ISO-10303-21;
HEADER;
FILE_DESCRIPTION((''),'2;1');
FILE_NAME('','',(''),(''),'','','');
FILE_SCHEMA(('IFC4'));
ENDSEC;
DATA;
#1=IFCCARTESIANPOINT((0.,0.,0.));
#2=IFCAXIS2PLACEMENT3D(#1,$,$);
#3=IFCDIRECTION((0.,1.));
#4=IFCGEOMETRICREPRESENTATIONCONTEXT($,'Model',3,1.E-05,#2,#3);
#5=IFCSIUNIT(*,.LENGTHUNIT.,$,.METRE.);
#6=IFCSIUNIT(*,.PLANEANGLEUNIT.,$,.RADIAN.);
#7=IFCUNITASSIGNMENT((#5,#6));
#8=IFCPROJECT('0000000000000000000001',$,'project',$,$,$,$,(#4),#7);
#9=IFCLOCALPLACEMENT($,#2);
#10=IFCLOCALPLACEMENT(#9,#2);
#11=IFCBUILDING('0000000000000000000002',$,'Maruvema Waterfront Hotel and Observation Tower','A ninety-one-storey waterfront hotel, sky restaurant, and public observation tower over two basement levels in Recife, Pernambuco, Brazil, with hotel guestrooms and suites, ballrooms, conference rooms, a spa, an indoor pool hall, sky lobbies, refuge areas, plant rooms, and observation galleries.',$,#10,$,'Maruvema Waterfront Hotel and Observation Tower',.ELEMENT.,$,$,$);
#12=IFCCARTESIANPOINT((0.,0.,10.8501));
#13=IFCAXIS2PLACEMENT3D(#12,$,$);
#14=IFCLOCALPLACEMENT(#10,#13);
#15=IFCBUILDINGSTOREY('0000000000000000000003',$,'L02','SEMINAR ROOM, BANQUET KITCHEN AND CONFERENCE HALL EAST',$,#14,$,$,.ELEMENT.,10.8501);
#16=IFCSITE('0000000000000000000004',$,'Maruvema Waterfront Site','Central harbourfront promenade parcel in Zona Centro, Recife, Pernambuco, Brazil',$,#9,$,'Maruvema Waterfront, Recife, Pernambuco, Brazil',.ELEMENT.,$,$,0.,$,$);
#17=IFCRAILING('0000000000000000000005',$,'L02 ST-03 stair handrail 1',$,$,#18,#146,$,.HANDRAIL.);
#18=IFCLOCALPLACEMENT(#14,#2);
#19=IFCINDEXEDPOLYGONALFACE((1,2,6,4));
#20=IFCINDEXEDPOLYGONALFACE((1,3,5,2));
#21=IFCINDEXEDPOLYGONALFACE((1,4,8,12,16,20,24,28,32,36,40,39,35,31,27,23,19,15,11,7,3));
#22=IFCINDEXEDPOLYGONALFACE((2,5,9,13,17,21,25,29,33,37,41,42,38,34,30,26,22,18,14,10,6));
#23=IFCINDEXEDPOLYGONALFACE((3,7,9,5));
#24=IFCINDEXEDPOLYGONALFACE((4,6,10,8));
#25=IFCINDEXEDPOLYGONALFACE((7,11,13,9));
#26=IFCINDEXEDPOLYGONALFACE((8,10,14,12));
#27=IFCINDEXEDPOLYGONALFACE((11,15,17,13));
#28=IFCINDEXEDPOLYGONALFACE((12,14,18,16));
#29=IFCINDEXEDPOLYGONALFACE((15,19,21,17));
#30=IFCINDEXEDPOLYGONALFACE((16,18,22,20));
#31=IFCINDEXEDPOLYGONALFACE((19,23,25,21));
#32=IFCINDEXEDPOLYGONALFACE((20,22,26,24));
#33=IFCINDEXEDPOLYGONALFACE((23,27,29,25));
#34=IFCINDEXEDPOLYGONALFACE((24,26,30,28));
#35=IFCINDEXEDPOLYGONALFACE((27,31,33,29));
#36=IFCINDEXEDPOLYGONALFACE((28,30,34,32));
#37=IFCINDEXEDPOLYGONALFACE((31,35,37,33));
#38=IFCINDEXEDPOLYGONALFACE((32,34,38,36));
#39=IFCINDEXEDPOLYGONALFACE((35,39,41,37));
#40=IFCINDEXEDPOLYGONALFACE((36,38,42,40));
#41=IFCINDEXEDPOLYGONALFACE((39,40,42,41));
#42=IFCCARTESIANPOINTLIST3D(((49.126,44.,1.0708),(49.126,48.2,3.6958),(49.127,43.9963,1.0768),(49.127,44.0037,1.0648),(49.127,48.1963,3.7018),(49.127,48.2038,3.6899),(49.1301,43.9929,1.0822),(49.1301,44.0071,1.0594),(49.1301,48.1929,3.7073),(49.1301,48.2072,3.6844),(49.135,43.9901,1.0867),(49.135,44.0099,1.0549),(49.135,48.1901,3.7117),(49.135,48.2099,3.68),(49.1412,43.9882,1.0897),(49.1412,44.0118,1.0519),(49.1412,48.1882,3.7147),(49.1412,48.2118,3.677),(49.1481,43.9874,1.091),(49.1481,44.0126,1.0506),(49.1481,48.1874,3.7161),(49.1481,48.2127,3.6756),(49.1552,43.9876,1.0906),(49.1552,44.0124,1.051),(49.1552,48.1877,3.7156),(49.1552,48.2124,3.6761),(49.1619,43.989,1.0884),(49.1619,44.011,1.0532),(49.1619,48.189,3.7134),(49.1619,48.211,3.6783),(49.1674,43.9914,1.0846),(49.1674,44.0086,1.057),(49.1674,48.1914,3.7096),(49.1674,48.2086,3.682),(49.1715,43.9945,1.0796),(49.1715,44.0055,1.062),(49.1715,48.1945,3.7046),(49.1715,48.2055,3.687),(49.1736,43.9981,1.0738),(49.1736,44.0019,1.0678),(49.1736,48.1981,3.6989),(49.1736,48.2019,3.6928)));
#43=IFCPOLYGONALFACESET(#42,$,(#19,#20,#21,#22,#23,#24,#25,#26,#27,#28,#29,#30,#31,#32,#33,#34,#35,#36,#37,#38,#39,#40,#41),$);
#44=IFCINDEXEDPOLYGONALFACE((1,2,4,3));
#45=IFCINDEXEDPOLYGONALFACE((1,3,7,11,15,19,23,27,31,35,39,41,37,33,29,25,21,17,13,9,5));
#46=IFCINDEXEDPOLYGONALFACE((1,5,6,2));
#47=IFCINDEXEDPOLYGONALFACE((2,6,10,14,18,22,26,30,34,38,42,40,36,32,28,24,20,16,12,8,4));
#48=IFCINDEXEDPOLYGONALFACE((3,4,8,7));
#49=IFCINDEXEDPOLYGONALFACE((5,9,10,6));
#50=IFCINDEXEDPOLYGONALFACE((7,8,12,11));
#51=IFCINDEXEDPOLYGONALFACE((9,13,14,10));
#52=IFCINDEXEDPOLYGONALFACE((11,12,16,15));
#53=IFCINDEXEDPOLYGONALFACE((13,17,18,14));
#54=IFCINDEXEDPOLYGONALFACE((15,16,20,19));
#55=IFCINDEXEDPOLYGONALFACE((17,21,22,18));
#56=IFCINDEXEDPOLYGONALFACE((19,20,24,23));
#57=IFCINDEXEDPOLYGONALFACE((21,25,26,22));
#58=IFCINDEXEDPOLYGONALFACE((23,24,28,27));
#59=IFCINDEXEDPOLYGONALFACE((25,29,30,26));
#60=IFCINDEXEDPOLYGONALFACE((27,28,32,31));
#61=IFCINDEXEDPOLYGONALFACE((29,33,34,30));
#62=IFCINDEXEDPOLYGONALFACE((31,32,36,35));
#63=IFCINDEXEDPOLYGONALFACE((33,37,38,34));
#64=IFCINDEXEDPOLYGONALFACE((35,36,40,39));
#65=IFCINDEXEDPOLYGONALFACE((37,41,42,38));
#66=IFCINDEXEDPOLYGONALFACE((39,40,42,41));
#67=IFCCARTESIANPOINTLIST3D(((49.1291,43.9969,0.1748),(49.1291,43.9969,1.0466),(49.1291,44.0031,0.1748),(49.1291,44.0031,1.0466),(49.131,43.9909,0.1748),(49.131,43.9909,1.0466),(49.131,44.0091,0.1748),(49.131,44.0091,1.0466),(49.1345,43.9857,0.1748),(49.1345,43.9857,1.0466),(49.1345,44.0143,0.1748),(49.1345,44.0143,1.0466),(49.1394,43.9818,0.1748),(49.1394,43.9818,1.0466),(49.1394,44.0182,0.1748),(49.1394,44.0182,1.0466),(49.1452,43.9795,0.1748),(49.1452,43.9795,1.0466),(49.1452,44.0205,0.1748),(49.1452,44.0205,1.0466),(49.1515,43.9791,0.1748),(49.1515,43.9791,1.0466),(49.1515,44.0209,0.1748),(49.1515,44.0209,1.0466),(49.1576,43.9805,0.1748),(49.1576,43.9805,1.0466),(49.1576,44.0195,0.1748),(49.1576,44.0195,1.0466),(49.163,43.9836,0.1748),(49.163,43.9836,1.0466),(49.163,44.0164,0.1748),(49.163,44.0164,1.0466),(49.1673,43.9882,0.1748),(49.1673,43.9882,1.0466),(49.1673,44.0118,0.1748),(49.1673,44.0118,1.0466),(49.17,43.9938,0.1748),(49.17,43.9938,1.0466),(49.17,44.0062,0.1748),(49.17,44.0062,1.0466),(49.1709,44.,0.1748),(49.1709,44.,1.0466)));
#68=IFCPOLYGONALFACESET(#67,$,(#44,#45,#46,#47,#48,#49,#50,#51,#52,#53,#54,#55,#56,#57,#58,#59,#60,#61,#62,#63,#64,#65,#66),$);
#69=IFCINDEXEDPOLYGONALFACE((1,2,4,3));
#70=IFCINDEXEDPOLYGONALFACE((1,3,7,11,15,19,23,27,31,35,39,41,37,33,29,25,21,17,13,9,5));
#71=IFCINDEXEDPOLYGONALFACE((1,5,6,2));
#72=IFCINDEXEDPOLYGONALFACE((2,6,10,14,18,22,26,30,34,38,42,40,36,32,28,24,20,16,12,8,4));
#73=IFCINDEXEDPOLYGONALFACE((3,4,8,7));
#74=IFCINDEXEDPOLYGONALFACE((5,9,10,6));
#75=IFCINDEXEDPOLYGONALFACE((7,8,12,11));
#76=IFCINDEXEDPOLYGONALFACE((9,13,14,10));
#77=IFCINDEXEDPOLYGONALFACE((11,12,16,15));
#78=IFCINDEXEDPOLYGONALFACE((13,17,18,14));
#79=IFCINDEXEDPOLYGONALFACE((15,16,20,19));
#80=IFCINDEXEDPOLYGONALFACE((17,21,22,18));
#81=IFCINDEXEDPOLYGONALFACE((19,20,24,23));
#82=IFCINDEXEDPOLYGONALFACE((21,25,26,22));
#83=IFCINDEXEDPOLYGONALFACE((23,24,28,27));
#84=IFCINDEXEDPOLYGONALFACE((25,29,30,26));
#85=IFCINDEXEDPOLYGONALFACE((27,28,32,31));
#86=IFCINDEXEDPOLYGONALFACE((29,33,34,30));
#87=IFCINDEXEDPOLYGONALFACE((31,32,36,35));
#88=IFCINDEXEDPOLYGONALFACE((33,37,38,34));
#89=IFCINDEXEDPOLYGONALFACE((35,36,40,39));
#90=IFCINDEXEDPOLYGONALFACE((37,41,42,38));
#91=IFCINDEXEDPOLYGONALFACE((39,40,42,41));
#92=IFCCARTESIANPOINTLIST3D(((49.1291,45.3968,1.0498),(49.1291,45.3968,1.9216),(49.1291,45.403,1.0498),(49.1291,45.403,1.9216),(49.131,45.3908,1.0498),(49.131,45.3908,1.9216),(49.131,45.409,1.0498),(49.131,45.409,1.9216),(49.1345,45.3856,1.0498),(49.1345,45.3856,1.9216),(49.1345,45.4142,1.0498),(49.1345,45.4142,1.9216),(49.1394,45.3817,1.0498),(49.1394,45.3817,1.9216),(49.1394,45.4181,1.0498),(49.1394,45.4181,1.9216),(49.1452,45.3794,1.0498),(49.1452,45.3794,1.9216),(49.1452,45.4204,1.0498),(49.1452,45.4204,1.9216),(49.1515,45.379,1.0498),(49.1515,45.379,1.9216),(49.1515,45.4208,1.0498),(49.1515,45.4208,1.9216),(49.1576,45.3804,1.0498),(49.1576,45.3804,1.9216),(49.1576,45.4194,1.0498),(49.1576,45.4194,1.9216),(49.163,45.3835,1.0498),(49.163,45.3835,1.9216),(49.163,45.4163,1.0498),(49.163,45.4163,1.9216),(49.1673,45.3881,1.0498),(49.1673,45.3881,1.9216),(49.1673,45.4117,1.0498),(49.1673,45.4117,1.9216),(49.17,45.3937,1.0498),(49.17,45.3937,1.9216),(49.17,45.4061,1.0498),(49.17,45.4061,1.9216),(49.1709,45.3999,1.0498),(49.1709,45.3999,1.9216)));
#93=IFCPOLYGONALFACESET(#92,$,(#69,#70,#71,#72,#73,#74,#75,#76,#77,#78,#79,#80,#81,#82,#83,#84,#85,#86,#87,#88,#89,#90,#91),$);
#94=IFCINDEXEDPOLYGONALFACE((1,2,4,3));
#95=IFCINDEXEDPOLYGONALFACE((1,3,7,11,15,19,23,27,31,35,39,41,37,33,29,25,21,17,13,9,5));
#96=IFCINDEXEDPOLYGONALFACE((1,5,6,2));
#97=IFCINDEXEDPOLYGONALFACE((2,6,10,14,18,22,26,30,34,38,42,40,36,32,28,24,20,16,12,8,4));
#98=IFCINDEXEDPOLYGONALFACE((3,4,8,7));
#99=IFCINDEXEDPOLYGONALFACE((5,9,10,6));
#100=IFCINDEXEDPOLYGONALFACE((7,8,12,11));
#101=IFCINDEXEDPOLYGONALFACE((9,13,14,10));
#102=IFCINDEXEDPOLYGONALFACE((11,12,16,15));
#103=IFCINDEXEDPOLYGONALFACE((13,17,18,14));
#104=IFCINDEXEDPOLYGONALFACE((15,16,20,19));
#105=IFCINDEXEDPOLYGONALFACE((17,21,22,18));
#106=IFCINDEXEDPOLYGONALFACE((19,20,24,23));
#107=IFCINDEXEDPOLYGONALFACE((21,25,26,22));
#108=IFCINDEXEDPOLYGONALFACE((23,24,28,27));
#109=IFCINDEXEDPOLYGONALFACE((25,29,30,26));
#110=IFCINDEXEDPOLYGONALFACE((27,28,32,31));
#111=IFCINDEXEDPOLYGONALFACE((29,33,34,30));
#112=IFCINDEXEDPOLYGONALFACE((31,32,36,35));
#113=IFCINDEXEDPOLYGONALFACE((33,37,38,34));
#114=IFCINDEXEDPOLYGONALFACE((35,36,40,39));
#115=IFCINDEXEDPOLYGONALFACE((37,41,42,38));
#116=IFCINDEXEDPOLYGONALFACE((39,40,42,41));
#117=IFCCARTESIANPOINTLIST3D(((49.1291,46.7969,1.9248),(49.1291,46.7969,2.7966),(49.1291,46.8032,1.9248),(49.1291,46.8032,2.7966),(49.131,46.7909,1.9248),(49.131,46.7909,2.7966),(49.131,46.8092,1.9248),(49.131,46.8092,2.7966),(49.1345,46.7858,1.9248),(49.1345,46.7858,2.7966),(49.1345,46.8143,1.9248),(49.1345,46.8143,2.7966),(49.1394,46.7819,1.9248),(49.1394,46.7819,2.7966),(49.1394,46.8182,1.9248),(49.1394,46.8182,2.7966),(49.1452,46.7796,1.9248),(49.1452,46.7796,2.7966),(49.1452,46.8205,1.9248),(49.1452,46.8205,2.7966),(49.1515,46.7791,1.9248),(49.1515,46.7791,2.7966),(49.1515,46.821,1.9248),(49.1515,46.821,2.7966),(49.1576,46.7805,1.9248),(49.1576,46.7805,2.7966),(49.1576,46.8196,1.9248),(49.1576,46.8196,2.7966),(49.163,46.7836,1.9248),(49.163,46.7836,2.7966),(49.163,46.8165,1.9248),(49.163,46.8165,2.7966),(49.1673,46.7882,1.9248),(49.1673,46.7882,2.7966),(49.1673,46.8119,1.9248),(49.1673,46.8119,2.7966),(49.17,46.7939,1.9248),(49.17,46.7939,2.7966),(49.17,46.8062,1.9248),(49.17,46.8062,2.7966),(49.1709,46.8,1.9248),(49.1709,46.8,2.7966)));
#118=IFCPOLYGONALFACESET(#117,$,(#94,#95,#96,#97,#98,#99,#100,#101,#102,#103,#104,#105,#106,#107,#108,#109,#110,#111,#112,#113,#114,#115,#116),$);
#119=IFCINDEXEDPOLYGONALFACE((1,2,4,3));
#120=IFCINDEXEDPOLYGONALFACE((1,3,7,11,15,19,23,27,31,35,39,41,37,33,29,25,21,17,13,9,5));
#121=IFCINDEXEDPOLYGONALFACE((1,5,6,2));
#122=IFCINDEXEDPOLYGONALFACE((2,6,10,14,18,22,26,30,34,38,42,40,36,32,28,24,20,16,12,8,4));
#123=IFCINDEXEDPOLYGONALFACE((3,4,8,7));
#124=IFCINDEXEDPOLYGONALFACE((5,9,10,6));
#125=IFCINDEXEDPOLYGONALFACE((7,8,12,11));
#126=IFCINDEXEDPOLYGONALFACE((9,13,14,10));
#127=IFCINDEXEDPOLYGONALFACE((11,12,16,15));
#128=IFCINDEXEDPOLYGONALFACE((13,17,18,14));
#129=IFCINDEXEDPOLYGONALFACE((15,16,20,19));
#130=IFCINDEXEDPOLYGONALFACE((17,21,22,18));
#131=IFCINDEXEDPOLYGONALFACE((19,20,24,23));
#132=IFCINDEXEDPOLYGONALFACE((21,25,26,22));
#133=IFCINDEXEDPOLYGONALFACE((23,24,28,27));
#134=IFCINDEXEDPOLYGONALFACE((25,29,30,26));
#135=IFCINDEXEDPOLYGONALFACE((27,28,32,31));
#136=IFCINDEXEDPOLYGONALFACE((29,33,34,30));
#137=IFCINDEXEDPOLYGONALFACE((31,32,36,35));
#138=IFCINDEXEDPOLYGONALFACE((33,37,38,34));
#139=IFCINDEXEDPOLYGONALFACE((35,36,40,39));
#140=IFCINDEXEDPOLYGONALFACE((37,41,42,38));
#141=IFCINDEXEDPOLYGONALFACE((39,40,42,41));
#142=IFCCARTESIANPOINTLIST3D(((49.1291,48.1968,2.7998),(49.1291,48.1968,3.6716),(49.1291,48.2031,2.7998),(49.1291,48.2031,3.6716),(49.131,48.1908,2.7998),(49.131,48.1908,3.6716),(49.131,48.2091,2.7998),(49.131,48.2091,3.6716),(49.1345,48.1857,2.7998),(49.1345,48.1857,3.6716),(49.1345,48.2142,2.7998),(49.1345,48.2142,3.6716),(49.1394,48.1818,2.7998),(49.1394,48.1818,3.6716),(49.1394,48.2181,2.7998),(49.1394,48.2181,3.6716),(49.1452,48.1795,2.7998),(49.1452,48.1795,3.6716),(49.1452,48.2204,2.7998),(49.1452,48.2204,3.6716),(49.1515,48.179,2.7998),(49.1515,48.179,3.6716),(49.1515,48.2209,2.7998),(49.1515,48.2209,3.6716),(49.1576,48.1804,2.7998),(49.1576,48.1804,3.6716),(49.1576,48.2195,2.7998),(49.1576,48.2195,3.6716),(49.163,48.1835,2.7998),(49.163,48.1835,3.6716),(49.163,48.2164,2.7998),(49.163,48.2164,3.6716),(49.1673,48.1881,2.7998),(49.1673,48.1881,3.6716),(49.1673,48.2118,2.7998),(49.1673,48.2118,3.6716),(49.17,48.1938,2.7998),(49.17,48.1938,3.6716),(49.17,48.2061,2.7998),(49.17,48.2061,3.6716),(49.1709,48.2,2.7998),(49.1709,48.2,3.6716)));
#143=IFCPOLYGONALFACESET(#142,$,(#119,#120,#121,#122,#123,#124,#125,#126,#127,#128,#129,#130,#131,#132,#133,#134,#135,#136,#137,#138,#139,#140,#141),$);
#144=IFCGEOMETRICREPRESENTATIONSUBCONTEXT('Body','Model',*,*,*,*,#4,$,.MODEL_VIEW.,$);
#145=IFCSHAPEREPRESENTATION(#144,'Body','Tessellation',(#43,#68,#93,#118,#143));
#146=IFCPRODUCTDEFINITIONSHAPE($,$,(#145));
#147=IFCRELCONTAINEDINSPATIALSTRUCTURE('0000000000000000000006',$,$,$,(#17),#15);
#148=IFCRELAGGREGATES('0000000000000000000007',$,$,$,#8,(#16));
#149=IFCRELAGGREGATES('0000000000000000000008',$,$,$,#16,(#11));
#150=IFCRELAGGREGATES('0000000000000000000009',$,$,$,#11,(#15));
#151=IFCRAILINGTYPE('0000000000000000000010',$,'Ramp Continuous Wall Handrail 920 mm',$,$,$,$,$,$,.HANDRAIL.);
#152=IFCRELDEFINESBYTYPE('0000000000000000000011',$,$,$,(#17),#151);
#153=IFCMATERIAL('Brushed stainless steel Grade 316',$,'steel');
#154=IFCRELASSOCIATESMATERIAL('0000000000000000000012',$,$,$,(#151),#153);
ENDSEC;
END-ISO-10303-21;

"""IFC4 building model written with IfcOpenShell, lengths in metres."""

from ifc_helpers import new_model, si_unit, direction, frame, origin, origin_2d, place, context, subcontext, project, spatial, circle, extrude, material, type_object, element, save


model = new_model("IFC4")

# Units and contexts
model_context = context("Model", 3, precision=1e-05, world=origin(), true_north=direction((0.0, 1.0)))
body_context = subcontext(model_context, "Body", "Model", "MODEL_VIEW")
ifc_project = project(units=[si_unit("LENGTHUNIT", "METRE"), si_unit("PLANEANGLEUNIT", "RADIAN")], contexts=[model_context])

# Site, building, storey
site_placement = place(None, origin())
site = spatial("IfcSite", under=ifc_project, at=site_placement, Name="Maruvema Waterfront Site", Description="Central harbourfront promenade parcel in Zona Centro, Recife, Pernambuco, Brazil", LongName="Maruvema Waterfront, Recife, Pernambuco, Brazil", CompositionType="ELEMENT", RefElevation=0.0)
building_placement = place(site_placement, origin())
building = spatial("IfcBuilding", under=site, at=building_placement, Name="Maruvema Waterfront Hotel and Observation Tower", Description="A ninety-one-storey waterfront hotel, sky restaurant, and public observation tower over two basement levels in Recife, Pernambuco, Brazil, with hotel guestrooms and suites, ballrooms, conference rooms, a spa, an indoor pool hall, sky lobbies, refuge areas, plant rooms, and observation galleries.", LongName="Maruvema Waterfront Hotel and Observation Tower", CompositionType="ELEMENT")
storey_placement = place(building_placement, frame((0.0, 0.0, 10.8501)))
storey = spatial("IfcBuildingStorey", under=building, at=storey_placement, Name="L02", Description="SEMINAR ROOM, BANQUET KITCHEN AND CONFERENCE HALL EAST", CompositionType="ELEMENT", Elevation=10.8501)

# Railing
ifc_material_1 = material(Name="Brushed stainless steel Grade 316", Category="steel")
railing_type_1 = type_object("IfcRailingType", Name="Ramp Continuous Wall Handrail 920 mm", PredefinedType="HANDRAIL", material=ifc_material_1)
railing_1_placement = place(storey_placement, frame((49.1499, 44.0, 0.1748)))
element("IfcRailing", 1, at=railing_1_placement, inside=storey, type_object=railing_type_1, Name="L02 ST-03 stair handrail 1", PredefinedType="HANDRAIL", context=body_context, shape_type="SweptSolid", body=[
    extrude(circle(Radius=0.0239, at=origin_2d()), frame((0.0, 0.0, 0.896), z_axis=(0.0, 0.847996, 0.530003), x_axis=(-1.0, 0.0, 0.0)), (0.0, 0.0, 1.0), 4.9529),
    extrude(circle(Radius=0.021, at=origin_2d()), origin(), (0.0, 0.0, 1.0), 0.8718),
    extrude(circle(Radius=0.021, at=origin_2d()), frame((0.0, 1.3999, 0.875)), (0.0, 0.0, 1.0), 0.8718),
    extrude(circle(Radius=0.021, at=origin_2d()), frame((0.0, 2.8, 1.75)), (0.0, 0.0, 1.0), 0.8718),
    extrude(circle(Radius=0.021, at=origin_2d()), frame((0.0, 4.2, 2.625)), (0.0, 0.0, 1.0), 0.8718),
])

save(model, "model.ifc")
